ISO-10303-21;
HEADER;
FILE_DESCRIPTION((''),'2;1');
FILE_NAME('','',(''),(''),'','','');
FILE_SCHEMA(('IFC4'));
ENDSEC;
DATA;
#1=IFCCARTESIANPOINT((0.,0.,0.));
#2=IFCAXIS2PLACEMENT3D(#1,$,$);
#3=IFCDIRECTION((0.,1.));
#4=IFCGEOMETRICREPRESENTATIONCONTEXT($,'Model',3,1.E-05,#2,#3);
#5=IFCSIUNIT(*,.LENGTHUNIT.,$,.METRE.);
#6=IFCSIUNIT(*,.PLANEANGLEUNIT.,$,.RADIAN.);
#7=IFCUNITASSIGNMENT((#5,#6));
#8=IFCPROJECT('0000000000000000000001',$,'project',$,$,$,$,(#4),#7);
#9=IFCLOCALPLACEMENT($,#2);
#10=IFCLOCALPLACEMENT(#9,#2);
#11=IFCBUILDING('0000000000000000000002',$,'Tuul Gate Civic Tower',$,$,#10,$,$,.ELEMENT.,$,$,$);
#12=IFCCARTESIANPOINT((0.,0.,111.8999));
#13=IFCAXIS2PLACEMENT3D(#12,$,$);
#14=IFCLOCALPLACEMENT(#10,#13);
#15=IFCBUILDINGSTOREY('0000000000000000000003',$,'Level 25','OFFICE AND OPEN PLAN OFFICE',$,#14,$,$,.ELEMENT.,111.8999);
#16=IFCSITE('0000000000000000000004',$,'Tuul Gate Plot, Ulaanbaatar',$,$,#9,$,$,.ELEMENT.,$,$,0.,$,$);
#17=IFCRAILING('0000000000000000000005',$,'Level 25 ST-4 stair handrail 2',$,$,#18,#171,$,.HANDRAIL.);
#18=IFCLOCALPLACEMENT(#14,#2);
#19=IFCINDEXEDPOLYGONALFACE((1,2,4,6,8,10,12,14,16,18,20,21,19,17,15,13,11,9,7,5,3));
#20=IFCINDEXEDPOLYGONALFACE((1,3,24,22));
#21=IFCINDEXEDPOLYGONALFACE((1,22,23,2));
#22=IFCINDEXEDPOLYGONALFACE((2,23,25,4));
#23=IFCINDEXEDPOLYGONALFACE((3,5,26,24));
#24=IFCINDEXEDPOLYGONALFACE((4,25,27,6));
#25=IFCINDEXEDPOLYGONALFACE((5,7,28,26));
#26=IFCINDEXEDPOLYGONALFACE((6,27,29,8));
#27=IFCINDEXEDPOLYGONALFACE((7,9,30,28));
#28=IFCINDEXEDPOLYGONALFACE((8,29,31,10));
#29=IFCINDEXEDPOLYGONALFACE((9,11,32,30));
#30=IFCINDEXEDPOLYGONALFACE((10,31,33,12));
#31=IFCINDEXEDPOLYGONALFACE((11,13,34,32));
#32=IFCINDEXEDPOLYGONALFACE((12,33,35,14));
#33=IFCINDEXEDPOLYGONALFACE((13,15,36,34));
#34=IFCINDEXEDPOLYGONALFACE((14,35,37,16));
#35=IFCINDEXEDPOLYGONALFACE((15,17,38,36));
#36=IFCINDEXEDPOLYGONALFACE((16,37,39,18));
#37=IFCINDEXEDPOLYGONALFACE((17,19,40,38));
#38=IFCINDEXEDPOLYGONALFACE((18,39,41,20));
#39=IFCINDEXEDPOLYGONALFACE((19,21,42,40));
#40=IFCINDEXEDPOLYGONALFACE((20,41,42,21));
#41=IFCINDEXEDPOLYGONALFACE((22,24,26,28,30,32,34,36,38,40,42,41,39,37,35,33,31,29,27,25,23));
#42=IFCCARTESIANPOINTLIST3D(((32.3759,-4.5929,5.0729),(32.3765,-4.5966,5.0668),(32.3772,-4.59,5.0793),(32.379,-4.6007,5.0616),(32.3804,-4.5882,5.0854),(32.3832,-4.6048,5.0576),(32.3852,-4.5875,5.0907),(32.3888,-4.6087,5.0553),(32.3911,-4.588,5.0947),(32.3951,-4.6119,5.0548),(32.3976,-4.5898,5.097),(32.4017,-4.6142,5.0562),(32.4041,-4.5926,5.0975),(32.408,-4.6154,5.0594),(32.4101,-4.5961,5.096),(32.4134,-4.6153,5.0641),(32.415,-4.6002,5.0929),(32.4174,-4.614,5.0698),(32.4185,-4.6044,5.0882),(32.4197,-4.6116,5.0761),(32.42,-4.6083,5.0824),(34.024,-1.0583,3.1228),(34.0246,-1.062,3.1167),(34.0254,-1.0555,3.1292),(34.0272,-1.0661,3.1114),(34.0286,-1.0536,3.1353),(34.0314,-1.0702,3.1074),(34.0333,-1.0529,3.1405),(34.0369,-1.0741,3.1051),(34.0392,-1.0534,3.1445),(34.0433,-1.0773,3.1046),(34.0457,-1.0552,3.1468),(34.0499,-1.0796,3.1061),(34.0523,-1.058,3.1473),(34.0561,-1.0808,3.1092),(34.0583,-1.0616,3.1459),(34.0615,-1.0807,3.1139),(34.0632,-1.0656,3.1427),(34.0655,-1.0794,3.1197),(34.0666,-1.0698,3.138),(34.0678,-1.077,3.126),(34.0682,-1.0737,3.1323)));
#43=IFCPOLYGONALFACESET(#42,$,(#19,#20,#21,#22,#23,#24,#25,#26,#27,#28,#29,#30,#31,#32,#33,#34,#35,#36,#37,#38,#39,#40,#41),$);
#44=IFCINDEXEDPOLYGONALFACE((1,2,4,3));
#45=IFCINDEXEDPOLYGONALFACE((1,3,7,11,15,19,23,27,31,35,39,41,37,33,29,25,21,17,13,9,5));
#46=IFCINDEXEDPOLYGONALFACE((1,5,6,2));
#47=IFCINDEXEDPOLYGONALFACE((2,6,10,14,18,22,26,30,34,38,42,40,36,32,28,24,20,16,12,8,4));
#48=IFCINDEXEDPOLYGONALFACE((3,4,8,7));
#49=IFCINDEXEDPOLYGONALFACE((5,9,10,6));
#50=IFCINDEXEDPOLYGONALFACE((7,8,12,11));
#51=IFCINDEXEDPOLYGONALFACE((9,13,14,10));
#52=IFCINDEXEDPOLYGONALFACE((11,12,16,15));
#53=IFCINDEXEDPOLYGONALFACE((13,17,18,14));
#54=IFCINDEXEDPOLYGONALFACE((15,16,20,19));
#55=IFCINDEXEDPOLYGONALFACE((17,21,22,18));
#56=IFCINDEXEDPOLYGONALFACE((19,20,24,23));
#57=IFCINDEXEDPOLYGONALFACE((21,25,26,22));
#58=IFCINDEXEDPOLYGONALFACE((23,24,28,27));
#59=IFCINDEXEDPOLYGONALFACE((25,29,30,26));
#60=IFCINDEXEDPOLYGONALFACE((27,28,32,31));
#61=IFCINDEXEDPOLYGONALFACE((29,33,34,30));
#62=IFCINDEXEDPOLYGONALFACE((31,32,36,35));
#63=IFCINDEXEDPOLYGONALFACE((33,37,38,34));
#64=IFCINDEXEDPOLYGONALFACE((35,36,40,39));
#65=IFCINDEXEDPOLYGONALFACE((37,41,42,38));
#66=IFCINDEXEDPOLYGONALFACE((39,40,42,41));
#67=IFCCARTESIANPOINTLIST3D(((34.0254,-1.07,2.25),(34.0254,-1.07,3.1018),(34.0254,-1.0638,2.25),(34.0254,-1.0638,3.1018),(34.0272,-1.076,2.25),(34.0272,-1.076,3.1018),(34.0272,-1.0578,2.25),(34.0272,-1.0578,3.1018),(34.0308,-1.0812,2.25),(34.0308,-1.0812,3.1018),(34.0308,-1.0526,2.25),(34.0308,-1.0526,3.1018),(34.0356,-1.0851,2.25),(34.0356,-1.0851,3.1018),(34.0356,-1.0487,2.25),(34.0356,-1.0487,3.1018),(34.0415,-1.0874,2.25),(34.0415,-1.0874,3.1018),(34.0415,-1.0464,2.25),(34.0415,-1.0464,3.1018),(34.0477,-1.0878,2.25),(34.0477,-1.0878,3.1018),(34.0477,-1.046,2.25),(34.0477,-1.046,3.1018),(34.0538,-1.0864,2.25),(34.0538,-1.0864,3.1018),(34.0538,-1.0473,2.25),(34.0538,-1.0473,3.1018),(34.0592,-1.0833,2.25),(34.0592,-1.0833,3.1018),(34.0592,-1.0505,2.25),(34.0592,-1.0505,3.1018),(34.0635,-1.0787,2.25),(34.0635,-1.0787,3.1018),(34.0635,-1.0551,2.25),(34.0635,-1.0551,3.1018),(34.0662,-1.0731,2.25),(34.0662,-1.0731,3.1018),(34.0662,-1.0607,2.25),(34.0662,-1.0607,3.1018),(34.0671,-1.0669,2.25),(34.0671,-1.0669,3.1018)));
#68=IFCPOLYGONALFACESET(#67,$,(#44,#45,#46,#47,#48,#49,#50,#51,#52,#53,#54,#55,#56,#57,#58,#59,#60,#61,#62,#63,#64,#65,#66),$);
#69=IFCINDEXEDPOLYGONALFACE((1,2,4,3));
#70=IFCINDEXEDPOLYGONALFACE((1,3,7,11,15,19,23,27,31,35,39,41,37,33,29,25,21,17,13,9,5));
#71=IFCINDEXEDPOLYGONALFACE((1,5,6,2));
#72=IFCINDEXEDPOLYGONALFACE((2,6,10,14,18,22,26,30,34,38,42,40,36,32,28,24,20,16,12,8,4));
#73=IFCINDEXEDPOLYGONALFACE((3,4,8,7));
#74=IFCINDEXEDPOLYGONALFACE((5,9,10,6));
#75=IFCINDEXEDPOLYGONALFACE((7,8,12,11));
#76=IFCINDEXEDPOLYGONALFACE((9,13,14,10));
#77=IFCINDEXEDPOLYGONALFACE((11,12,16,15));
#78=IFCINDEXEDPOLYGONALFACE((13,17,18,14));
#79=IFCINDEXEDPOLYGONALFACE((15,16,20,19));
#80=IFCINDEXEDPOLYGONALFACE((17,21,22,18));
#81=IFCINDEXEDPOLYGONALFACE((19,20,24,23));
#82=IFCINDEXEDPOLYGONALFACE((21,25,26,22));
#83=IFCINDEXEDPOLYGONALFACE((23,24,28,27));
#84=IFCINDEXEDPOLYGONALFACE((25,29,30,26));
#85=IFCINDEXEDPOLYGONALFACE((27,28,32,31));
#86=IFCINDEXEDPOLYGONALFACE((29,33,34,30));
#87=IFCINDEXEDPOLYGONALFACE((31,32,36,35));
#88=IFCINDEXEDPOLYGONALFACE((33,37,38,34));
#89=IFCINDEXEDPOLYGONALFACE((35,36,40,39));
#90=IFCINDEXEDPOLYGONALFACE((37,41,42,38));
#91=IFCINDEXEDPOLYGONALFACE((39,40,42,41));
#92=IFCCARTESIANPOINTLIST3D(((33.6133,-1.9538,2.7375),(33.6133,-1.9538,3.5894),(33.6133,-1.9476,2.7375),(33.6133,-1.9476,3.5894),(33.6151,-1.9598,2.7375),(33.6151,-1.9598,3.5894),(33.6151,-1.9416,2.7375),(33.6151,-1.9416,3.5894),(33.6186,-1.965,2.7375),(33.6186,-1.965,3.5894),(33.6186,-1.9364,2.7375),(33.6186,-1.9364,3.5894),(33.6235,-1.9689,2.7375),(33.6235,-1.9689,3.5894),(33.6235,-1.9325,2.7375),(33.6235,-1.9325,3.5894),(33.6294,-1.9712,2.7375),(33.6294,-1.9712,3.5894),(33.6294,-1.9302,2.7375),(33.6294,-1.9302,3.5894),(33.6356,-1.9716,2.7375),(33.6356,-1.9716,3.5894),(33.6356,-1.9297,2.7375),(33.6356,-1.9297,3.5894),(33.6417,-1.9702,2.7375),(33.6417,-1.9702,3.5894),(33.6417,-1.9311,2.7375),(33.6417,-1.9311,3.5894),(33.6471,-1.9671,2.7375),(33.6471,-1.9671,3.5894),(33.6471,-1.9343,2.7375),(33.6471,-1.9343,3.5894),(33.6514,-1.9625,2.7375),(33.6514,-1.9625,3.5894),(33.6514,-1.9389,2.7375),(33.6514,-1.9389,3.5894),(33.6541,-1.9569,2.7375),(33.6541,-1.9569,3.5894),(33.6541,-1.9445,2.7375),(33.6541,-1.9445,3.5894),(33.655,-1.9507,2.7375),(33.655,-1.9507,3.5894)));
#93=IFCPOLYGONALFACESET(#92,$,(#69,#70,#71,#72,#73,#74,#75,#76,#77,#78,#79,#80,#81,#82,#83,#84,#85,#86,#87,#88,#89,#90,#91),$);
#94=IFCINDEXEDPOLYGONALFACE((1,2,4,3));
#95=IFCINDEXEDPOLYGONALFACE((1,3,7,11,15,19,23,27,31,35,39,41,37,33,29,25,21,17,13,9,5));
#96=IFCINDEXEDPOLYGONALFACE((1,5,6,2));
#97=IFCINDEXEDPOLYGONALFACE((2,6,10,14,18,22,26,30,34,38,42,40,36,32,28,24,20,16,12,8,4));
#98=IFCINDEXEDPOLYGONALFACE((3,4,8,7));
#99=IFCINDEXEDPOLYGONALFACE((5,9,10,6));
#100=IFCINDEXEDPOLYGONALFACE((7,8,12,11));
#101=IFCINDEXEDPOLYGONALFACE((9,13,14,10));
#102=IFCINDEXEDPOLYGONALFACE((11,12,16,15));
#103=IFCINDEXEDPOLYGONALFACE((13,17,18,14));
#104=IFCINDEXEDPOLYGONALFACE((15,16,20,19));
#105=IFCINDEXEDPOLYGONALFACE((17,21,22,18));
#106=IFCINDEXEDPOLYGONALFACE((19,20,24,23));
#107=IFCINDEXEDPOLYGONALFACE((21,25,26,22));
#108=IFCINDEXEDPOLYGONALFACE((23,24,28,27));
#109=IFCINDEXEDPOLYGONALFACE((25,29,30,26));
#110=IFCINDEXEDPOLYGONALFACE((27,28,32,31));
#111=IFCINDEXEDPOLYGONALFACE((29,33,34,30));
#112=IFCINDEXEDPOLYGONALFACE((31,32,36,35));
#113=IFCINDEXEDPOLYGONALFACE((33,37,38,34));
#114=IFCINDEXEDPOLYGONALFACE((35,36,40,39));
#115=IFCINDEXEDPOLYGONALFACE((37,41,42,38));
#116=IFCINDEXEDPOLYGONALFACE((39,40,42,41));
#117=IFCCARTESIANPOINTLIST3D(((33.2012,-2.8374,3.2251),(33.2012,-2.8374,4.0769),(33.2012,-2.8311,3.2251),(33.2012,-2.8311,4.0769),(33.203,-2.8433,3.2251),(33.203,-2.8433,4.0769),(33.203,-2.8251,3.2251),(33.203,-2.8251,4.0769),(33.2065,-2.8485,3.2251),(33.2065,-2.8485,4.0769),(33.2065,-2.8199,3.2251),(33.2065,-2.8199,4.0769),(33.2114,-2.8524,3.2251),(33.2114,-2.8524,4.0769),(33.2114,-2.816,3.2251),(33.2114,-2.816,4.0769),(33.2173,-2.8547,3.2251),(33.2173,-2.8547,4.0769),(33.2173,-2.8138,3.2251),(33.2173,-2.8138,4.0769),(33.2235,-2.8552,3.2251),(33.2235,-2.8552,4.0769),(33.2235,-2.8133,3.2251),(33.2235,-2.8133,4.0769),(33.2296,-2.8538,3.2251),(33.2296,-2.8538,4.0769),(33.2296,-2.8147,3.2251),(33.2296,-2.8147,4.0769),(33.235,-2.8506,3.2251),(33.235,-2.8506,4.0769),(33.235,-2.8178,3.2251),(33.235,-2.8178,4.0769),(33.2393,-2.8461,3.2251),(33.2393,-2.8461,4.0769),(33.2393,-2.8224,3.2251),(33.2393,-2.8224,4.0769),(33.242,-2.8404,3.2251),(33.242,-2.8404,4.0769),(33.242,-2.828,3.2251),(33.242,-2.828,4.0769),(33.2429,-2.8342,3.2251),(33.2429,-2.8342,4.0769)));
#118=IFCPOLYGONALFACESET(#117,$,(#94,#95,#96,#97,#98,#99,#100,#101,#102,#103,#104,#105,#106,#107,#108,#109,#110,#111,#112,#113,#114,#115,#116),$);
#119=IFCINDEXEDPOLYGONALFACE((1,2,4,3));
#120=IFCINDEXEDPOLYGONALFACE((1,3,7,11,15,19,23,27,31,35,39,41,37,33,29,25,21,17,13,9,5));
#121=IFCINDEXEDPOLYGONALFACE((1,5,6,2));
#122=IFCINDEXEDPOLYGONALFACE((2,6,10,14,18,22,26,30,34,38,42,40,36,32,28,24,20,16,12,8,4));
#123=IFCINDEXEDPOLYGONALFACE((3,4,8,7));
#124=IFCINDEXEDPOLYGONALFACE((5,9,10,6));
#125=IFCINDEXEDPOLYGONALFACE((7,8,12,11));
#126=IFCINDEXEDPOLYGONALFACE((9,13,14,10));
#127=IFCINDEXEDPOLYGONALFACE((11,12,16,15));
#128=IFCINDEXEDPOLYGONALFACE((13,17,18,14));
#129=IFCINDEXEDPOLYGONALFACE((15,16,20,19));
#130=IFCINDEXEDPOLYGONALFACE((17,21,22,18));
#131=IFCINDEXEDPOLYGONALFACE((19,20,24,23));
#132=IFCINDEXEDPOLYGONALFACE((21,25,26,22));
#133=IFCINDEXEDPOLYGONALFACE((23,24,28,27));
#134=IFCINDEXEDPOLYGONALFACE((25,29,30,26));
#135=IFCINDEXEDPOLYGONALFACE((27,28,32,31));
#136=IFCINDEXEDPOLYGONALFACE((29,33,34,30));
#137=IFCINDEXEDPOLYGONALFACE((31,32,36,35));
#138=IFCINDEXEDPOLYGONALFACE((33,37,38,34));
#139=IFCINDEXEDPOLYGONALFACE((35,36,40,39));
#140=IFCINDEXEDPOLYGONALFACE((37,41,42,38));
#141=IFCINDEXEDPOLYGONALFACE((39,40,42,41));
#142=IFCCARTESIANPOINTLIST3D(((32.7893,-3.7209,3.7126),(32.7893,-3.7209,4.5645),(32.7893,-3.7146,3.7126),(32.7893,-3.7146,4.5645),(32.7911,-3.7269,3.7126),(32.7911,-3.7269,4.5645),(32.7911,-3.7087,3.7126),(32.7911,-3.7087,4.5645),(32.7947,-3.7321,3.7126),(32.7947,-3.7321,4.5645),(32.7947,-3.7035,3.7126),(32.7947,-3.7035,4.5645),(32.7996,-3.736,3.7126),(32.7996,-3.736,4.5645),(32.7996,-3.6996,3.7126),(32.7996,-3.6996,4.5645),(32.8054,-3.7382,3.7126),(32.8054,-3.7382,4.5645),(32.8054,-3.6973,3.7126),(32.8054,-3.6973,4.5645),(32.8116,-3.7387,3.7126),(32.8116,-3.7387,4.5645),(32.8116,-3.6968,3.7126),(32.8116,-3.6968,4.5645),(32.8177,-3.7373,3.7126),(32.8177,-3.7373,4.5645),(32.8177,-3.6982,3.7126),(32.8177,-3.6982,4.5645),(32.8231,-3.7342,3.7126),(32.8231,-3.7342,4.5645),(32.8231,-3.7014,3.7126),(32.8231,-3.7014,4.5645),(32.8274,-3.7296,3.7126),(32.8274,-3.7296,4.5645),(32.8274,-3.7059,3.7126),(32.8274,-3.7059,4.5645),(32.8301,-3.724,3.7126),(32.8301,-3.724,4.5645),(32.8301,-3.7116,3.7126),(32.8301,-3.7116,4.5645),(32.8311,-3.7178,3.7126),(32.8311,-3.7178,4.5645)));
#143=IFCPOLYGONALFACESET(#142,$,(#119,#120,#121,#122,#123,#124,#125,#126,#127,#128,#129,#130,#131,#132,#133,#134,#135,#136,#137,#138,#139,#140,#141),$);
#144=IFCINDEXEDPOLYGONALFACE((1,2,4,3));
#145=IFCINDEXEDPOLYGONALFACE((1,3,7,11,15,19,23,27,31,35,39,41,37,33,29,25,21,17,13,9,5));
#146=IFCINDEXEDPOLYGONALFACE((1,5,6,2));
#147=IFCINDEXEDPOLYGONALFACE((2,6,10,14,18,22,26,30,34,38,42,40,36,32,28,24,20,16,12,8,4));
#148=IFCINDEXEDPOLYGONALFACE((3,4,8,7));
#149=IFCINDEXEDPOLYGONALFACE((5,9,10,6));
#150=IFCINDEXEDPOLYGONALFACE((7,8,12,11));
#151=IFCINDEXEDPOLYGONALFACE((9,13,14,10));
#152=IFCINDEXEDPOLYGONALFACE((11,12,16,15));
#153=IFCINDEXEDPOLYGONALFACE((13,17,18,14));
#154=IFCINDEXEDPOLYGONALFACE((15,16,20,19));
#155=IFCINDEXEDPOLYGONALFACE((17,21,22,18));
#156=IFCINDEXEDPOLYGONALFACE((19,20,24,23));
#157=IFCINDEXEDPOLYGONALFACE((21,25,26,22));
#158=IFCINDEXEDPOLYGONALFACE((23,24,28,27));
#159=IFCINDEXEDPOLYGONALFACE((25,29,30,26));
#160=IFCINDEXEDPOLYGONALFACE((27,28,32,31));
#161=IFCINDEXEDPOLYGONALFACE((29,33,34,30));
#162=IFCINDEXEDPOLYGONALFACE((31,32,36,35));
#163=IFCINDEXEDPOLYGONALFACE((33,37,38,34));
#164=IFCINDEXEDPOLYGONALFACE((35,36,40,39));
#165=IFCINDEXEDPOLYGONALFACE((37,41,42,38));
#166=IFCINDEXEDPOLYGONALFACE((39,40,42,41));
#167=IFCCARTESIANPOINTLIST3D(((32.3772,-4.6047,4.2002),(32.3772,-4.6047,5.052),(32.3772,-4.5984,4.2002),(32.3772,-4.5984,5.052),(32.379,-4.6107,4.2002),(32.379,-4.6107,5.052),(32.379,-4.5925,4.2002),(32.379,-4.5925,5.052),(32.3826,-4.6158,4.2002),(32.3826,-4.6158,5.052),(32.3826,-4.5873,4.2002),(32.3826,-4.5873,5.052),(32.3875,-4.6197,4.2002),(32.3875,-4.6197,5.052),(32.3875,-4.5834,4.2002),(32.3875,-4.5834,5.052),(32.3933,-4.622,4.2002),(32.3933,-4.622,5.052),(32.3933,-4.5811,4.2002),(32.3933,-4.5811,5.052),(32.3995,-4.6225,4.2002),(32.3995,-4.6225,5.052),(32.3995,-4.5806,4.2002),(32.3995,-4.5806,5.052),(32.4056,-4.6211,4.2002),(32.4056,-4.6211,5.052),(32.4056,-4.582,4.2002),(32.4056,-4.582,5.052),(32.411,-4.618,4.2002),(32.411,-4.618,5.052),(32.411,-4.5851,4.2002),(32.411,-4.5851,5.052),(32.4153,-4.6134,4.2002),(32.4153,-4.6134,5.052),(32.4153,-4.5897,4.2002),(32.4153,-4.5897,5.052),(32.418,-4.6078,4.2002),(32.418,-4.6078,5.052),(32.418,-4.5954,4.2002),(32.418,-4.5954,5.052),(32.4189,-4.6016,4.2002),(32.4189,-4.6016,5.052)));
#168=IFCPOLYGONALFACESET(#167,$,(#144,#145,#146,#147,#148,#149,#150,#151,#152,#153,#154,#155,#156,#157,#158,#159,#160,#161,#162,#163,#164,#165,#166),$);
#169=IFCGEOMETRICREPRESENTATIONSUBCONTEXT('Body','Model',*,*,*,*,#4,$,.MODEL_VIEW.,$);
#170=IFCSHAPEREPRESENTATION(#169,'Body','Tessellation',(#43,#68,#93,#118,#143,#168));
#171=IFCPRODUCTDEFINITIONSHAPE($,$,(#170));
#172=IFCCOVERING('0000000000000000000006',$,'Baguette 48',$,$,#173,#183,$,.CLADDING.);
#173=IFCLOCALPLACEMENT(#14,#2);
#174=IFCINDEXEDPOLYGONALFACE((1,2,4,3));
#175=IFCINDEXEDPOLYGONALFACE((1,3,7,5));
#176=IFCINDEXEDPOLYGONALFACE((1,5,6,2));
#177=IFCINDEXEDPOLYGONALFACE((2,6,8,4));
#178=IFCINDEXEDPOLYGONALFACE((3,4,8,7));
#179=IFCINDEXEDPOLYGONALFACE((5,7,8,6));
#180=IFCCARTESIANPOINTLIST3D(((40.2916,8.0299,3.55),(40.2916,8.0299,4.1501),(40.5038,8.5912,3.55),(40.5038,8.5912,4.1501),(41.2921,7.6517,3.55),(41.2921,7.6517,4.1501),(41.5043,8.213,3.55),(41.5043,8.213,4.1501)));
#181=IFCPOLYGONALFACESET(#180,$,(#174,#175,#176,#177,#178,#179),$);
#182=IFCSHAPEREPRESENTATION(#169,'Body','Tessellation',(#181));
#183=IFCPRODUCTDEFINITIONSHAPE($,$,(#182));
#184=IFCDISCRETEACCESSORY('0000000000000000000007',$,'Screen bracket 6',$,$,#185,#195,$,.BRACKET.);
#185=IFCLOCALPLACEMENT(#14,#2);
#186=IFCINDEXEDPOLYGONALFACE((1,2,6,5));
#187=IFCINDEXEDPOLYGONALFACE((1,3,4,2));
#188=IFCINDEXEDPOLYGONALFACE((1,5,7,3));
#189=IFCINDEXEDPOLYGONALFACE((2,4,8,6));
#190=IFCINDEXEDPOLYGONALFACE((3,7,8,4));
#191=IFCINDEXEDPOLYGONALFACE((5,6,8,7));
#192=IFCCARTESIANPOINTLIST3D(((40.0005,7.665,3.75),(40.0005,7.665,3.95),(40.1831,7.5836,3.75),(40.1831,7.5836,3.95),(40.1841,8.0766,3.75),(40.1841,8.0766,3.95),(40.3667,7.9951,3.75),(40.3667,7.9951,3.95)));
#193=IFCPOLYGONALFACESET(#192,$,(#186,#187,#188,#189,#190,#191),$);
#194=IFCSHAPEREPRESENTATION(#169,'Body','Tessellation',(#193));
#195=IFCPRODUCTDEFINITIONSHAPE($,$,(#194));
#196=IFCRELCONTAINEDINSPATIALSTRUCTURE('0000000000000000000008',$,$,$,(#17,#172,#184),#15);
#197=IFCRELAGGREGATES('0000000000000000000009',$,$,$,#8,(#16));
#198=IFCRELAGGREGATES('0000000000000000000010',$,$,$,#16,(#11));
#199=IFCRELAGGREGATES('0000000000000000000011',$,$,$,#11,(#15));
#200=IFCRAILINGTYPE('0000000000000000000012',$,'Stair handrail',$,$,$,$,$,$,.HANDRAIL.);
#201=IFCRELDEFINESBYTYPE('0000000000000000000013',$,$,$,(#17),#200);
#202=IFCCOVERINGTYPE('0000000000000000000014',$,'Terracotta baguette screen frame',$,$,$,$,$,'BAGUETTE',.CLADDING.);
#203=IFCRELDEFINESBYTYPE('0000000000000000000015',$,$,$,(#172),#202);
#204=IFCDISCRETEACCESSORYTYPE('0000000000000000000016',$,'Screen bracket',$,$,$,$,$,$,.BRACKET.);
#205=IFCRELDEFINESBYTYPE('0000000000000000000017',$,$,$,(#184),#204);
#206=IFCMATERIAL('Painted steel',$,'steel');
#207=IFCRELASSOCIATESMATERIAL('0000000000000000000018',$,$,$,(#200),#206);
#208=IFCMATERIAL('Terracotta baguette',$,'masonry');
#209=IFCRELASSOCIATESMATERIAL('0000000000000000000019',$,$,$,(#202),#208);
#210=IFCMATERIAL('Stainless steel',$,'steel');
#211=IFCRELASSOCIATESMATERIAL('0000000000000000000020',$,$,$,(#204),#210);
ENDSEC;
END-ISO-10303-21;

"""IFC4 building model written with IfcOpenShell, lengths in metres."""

from ifc_helpers import new_model, si_unit, direction, frame, origin, origin_2d, place, context, subcontext, project, spatial, rectangle, circle, extrude, material, material_profile, profile_set, type_object, element, save


model = new_model("IFC4")

# Units and contexts
model_context = context("Model", 3, precision=1e-05, world=origin(), true_north=direction((0.0, 1.0)))
body_context = subcontext(model_context, "Body", "Model", "MODEL_VIEW")
ifc_project = project(units=[si_unit("LENGTHUNIT", "METRE"), si_unit("PLANEANGLEUNIT", "RADIAN")], contexts=[model_context])

# Site, building, storey
site_placement = place(None, origin())
site = spatial("IfcSite", under=ifc_project, at=site_placement, Name="Tuul Gate Plot, Ulaanbaatar", CompositionType="ELEMENT", RefElevation=0.0)
building_placement = place(site_placement, origin())
building = spatial("IfcBuilding", under=site, at=building_placement, Name="Tuul Gate Civic Tower", CompositionType="ELEMENT")
storey_placement = place(building_placement, frame((0.0, 0.0, 111.8999)))
storey = spatial("IfcBuildingStorey", under=building, at=storey_placement, Name="Level 25", Description="OFFICE AND OPEN PLAN OFFICE", CompositionType="ELEMENT", Elevation=111.8999)

# Railing
ifc_material_1 = material(Name="Painted steel", Category="steel")
railing_type_1 = type_object("IfcRailingType", Name="Stair handrail", PredefinedType="HANDRAIL", material=ifc_material_1)
railing_1_placement = place(storey_placement, frame((34.0461, -1.0669, 2.25)))
element("IfcRailing", 1, at=railing_1_placement, inside=storey, type_object=railing_type_1, Name="Level 25 ST-4 stair handrail 2", PredefinedType="HANDRAIL", context=body_context, shape_type="SweptSolid", body=[
    extrude(circle(Radius=0.0239, at=origin_2d()), frame((0.0, 0.0, 0.876), z_axis=(-0.377985, -0.810617, 0.447245), x_axis=(0.906313, -0.422608, 0.0)), (0.0, 0.0, 1.0), 4.3604),
    extrude(circle(Radius=0.021, at=origin_2d()), origin(), (0.0, 0.0, 1.0), 0.8518),
    extrude(circle(Radius=0.021, at=origin_2d()), frame((-0.4121, -0.8838, 0.4875)), (0.0, 0.0, 1.0), 0.8518),
    extrude(circle(Radius=0.021, at=origin_2d()), frame((-0.8242, -1.7673, 0.9751)), (0.0, 0.0, 1.0), 0.8518),
    extrude(circle(Radius=0.021, at=origin_2d()), frame((-1.2361, -2.6509, 1.4626)), (0.0, 0.0, 1.0), 0.8518),
    extrude(circle(Radius=0.021, at=origin_2d()), frame((-1.6482, -3.5347, 1.9502)), (0.0, 0.0, 1.0), 0.8518),
])

# Covering
ifc_material_2 = material(Name="Terracotta baguette", Category="masonry")
ifc_material_profile_1 = material_profile(ifc_material_2, rectangle(XDim=0.6001, YDim=0.6001, at=origin_2d()), Name="Terracotta baguette screen frame")
ifc_profile_set_1 = profile_set([ifc_material_profile_1], Name="Terracotta baguette")
covering_type = type_object("IfcCoveringType", Name="Terracotta baguette screen frame", ElementType="BAGUETTE", PredefinedType="CLADDING", material=ifc_profile_set_1)
covering_placement = place(storey_placement, frame((41.3982, 7.9324, 3.8501), z_axis=(-0.935407, 0.353574, 0.0), x_axis=(-0.353574, -0.935407, 0.0)))
element("IfcCovering", 2, at=covering_placement, inside=storey, type_object=covering_type, Name="Baguette 48", PredefinedType="CLADDING", context=body_context, shape_type="SweptSolid", body=[
    extrude(rectangle(XDim=0.6001, YDim=0.6001, at=origin_2d()), origin(), (0.0, 0.0, 1.0), 1.0696),
])

# Discrete accessory
ifc_material_3 = material(Name="Stainless steel", Category="steel")
discrete_accessory_type = type_object("IfcDiscreteAccessoryType", Name="Screen bracket", PredefinedType="BRACKET", material=ifc_material_3)
discrete_accessory_placement = place(storey_placement, frame((40.1836, 7.8301, 3.75), z_axis=(0.0, 0.0, 1.0), x_axis=(0.407379, 0.913259, 0.0)))
element("IfcDiscreteAccessory", 3, at=discrete_accessory_placement, inside=storey, type_object=discrete_accessory_type, Name="Screen bracket 6", PredefinedType="BRACKET", context=body_context, shape_type="SweptSolid", body=[
    extrude(rectangle(XDim=0.4507, YDim=0.2, at=origin_2d()), origin(), (0.0, 0.0, 1.0), 0.2),
])

save(model, "model.ifc")
